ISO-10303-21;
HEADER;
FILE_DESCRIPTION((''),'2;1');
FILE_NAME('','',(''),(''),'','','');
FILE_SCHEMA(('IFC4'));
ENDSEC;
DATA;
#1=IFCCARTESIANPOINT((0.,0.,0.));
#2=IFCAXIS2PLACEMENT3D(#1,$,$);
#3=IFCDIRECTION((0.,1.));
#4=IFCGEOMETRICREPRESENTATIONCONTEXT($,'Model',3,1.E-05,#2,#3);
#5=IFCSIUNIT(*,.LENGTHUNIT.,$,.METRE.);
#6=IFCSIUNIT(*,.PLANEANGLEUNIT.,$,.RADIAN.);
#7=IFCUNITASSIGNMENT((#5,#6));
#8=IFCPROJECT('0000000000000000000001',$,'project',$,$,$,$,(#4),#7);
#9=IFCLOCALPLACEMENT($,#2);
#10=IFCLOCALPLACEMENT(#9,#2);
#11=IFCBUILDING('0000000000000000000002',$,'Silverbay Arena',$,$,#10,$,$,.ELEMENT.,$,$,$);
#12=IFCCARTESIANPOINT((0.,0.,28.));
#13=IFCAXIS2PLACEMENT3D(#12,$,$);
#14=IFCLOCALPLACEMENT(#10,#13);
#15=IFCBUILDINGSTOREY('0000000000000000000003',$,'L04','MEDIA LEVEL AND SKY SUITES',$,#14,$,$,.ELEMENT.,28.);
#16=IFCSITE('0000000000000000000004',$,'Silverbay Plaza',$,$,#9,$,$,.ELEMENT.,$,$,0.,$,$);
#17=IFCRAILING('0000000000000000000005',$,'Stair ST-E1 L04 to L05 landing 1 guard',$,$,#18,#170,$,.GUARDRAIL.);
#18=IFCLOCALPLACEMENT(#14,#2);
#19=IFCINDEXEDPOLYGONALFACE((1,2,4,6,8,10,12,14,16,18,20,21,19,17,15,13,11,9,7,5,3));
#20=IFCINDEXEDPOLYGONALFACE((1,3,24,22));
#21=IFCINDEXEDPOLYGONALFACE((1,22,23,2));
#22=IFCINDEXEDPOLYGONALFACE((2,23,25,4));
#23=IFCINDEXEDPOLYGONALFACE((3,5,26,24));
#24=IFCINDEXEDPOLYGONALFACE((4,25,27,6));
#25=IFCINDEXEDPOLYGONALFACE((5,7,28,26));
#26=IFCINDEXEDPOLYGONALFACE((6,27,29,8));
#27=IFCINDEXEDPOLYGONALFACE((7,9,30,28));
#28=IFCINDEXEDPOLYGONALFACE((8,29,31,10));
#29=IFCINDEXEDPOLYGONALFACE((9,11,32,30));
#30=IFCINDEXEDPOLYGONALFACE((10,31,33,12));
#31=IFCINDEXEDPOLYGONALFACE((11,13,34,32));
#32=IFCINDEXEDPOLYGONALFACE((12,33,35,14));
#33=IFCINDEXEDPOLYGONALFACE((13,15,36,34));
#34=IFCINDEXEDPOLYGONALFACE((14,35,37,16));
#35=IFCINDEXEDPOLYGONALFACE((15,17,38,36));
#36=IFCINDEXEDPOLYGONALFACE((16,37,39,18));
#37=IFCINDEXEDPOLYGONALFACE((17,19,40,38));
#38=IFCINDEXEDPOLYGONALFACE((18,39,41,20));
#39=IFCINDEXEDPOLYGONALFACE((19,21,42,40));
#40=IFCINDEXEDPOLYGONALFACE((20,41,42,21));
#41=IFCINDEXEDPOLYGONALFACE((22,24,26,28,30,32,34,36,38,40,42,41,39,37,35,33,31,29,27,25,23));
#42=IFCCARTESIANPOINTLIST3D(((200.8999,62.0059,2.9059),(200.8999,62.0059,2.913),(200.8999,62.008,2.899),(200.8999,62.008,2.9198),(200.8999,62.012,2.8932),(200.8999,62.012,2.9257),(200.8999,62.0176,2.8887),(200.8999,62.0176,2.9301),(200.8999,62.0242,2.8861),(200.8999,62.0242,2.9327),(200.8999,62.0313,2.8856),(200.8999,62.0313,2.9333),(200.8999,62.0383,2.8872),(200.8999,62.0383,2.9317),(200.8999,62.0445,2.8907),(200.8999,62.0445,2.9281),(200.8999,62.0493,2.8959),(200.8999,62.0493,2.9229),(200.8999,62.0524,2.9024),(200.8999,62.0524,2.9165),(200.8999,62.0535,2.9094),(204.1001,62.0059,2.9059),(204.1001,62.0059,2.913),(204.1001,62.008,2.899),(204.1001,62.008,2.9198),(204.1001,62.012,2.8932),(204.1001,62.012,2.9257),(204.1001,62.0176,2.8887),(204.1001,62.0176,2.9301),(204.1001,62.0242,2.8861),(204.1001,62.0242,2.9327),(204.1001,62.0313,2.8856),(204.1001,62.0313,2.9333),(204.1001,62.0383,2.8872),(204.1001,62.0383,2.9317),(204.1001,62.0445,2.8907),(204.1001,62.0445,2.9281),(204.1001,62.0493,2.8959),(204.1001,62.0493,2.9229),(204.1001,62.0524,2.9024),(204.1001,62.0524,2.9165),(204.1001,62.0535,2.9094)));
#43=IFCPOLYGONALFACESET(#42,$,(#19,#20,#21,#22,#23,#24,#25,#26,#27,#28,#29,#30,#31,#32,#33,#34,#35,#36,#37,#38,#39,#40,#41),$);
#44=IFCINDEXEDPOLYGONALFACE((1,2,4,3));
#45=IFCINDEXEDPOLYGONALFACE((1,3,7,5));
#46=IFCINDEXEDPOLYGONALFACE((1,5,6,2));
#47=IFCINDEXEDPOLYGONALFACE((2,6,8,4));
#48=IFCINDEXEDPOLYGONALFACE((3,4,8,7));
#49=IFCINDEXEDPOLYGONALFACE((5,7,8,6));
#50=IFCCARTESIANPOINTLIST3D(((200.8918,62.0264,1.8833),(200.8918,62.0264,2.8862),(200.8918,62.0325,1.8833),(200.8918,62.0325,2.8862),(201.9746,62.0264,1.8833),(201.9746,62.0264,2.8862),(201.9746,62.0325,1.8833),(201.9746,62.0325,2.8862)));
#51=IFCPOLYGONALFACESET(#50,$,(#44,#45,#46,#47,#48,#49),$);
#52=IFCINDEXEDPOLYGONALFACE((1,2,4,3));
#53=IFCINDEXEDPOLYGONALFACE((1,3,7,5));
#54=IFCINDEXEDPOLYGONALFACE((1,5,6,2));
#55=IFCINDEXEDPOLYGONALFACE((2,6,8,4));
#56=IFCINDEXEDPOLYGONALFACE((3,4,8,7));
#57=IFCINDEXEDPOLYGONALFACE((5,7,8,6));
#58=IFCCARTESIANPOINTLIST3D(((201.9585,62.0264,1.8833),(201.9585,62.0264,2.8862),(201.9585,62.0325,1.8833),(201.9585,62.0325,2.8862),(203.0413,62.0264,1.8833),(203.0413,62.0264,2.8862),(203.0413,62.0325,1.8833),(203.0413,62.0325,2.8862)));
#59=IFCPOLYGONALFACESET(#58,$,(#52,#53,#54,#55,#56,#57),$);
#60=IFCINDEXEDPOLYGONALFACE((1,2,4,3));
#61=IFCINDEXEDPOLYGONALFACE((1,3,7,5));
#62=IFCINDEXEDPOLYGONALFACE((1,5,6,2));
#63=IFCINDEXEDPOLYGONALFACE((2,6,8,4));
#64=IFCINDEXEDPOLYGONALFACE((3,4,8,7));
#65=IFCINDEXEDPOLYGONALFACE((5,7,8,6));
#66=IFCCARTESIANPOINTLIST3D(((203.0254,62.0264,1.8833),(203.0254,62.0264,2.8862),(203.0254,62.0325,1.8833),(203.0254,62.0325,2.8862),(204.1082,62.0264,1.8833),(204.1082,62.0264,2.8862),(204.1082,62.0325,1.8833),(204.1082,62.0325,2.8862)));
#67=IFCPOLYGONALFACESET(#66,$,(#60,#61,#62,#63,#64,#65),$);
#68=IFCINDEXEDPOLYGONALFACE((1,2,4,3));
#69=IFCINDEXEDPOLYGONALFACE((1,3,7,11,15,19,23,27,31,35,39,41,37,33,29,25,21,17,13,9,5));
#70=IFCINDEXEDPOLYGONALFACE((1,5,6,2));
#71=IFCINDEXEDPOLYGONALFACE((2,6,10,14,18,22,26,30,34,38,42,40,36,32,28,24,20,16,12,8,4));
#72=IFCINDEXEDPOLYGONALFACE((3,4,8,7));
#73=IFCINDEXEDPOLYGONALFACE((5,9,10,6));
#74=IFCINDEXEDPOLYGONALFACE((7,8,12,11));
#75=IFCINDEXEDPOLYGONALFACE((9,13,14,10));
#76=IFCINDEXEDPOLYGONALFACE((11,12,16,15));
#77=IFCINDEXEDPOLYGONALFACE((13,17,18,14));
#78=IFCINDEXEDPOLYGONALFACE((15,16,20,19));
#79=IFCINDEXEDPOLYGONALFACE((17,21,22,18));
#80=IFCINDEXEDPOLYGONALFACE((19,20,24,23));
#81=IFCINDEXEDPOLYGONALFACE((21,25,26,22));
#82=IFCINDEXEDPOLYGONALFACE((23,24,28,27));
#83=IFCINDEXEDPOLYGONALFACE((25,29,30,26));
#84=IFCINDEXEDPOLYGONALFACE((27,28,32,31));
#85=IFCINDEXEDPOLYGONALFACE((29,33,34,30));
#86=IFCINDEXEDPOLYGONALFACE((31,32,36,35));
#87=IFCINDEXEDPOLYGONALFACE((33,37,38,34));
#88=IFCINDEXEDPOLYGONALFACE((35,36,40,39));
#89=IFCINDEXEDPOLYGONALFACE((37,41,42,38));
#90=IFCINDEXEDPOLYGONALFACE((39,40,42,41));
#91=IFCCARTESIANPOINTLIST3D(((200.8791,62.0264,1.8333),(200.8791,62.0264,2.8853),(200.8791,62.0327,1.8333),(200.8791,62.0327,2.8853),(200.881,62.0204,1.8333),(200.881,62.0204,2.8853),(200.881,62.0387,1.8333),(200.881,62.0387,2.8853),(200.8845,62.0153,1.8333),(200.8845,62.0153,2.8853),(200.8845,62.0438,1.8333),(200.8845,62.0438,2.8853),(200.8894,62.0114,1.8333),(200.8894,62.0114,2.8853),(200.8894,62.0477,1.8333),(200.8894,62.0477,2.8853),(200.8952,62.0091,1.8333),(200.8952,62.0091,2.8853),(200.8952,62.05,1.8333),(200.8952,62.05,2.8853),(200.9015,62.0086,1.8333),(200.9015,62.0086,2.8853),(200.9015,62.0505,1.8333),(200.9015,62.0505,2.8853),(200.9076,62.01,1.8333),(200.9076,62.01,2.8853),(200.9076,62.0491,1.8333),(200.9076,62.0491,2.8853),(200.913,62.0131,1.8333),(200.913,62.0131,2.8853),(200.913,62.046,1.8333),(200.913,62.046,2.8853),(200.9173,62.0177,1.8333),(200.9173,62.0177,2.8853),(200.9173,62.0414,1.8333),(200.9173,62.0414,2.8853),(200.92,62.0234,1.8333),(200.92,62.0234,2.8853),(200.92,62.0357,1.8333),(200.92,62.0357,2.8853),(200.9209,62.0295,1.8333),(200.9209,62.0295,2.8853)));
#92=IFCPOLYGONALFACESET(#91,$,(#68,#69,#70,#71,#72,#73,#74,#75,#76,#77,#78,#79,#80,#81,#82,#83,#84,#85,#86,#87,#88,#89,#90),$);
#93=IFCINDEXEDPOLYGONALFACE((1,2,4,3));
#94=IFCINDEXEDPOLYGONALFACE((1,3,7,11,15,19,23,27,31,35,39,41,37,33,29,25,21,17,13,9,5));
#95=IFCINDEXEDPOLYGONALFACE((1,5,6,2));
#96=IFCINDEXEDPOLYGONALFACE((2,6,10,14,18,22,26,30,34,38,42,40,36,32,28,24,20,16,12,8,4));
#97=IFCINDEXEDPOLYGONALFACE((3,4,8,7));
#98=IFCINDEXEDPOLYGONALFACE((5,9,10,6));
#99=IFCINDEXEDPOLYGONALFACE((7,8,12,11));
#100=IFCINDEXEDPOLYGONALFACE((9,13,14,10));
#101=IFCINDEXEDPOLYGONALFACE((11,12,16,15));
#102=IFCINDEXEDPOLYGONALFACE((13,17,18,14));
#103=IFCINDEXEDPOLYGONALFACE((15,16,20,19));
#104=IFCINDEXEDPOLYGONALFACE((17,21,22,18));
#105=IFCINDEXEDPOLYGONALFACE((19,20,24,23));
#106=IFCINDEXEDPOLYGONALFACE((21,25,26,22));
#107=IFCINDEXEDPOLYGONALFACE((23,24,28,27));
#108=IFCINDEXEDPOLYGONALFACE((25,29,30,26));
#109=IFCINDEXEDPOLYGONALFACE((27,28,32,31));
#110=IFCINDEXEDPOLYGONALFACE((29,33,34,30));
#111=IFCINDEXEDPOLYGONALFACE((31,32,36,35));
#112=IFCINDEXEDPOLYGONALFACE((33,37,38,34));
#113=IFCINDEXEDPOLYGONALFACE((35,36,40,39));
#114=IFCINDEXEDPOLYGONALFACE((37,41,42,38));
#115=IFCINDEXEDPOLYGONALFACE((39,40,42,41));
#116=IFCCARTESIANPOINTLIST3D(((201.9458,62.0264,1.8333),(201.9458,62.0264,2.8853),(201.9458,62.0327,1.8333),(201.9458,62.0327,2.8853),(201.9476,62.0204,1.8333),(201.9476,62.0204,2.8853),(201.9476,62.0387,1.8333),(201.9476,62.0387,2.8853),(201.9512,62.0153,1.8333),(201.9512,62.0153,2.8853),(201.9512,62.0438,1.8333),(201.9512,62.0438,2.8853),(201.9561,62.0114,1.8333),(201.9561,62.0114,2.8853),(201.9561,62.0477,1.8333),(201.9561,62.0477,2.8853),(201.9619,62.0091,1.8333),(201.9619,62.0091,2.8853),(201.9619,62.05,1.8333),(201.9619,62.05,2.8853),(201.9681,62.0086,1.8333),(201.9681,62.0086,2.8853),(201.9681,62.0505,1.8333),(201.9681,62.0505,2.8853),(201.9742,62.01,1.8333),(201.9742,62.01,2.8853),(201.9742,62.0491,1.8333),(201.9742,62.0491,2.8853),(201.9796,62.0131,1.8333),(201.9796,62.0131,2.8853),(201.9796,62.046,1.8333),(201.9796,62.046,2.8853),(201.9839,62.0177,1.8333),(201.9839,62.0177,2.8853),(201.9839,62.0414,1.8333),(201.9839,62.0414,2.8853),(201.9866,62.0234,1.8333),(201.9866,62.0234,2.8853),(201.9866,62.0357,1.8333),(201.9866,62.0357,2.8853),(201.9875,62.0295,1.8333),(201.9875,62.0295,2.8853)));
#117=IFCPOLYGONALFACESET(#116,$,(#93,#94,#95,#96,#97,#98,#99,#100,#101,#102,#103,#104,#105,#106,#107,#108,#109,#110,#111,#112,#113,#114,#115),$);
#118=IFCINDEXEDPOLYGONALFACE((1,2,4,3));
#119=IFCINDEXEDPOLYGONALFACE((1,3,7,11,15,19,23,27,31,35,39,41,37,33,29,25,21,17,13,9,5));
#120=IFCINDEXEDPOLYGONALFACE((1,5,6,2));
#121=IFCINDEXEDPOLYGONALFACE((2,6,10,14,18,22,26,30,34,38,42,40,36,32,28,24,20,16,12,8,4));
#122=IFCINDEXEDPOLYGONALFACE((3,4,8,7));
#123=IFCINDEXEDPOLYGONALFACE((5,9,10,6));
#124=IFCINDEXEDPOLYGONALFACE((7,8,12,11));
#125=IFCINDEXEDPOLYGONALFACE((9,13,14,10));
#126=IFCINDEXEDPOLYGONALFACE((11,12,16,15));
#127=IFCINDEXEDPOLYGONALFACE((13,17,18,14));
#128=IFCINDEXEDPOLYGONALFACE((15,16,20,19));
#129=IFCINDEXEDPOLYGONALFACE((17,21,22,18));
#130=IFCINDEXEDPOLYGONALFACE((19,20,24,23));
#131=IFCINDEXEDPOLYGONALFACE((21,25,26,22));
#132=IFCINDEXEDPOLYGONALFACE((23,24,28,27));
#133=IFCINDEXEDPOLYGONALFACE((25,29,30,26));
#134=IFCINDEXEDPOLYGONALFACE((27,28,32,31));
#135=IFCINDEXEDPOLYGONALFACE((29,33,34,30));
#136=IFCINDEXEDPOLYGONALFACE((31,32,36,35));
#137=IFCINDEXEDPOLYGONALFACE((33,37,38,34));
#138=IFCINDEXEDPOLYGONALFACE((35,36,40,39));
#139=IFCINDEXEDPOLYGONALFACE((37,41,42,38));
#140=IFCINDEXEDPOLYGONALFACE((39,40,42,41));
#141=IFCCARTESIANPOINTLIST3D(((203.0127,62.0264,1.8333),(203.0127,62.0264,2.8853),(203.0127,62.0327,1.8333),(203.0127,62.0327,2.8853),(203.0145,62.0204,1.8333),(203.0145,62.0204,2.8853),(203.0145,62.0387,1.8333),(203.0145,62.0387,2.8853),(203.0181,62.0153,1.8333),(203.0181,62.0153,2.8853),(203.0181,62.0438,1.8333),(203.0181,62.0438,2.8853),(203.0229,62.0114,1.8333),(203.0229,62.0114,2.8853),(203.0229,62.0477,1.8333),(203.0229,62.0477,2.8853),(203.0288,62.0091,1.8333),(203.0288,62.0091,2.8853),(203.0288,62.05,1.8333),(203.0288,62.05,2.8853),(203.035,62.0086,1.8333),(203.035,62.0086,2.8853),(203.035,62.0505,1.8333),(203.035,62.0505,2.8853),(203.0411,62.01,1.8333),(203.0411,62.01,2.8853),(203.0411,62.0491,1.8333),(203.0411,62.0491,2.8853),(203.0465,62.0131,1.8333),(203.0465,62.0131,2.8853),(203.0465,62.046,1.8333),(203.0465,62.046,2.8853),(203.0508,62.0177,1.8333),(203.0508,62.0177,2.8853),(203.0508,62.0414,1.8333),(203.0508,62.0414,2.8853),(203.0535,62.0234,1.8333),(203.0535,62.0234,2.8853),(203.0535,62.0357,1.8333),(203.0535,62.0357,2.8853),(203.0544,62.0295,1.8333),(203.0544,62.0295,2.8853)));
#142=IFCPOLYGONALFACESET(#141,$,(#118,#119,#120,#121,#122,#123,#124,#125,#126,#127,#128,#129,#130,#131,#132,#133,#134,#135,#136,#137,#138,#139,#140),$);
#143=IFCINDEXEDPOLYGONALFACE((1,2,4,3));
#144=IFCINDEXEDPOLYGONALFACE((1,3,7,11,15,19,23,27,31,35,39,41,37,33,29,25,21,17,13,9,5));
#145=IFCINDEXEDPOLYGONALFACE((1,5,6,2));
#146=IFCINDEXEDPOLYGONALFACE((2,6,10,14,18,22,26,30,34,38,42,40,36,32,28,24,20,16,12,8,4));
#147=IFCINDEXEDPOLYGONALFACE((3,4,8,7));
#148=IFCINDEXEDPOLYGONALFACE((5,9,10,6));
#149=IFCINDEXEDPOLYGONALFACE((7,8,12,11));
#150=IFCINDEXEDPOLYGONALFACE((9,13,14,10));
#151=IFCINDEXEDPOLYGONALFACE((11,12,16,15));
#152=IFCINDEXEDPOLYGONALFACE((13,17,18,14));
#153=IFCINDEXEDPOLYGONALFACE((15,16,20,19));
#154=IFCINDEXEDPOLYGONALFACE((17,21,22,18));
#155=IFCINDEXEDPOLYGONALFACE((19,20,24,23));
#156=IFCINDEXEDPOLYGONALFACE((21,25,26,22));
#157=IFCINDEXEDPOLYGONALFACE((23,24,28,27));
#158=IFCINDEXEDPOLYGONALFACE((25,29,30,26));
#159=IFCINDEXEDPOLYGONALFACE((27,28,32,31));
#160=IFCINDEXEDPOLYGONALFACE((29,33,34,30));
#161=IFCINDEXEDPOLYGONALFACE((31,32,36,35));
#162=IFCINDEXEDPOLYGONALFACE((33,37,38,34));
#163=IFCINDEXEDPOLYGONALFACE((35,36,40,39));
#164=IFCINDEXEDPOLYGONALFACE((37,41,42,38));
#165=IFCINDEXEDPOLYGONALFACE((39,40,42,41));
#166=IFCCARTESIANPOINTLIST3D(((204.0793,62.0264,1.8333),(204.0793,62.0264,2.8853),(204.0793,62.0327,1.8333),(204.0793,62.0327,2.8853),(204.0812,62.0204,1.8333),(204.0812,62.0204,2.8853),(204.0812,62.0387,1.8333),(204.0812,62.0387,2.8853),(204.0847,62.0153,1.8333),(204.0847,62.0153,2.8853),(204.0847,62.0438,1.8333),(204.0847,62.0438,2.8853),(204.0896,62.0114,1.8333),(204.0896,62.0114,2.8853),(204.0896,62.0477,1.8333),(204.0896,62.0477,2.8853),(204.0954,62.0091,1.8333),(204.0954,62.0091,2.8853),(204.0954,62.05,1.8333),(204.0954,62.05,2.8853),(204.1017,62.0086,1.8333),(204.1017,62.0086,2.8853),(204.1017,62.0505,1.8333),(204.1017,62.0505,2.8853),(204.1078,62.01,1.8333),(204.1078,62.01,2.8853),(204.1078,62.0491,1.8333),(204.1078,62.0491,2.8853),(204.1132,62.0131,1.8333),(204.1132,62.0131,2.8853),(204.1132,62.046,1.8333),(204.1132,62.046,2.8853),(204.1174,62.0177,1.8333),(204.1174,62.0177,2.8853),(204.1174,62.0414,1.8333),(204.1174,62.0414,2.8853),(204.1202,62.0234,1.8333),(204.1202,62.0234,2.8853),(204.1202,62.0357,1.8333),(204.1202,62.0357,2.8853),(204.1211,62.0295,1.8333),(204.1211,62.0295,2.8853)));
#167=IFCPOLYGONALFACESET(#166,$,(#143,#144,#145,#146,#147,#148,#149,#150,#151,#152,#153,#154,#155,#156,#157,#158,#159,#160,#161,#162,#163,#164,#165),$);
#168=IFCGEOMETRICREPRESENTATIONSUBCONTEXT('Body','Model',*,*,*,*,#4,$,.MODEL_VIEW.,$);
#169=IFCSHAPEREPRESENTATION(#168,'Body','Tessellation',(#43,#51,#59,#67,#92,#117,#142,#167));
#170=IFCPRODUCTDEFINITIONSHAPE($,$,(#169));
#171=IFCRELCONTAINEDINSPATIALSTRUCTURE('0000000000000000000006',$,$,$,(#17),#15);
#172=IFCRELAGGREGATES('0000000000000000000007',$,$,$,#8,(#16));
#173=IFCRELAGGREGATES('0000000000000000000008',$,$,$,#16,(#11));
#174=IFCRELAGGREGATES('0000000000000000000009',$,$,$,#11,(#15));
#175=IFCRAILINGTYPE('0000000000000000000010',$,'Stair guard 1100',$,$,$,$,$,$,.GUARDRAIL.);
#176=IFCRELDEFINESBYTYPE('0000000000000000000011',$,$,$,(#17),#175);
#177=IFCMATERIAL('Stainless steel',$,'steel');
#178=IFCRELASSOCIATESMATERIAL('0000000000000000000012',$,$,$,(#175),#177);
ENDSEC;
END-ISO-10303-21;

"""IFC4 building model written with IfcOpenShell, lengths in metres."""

from ifc_helpers import new_model, si_unit, direction, frame, origin, origin_2d, place, context, subcontext, project, spatial, polyline, circle, outline, extrude, material, type_object, element, save


model = new_model("IFC4")

# Units and contexts
model_context = context("Model", 3, precision=1e-05, world=origin(), true_north=direction((0.0, 1.0)))
body_context = subcontext(model_context, "Body", "Model", "MODEL_VIEW")
ifc_project = project(units=[si_unit("LENGTHUNIT", "METRE"), si_unit("PLANEANGLEUNIT", "RADIAN")], contexts=[model_context])

# Site, building, storey
site_placement = place(None, origin())
site = spatial("IfcSite", under=ifc_project, at=site_placement, Name="Silverbay Plaza", CompositionType="ELEMENT", RefElevation=0.0)
building_placement = place(site_placement, origin())
building = spatial("IfcBuilding", under=site, at=building_placement, Name="Silverbay Arena", CompositionType="ELEMENT")
storey_placement = place(building_placement, frame((0.0, 0.0, 28.0)))
storey = spatial("IfcBuildingStorey", under=building, at=storey_placement, Name="L04", Description="MEDIA LEVEL AND SKY SUITES", CompositionType="ELEMENT", Elevation=28.0)

# Railing
ifc_material_1 = material(Name="Stainless steel", Category="steel")
railing_type_1 = type_object("IfcRailingType", Name="Stair guard 1100", PredefinedType="GUARDRAIL", material=ifc_material_1)
railing_1_placement = place(storey_placement, frame((200.8999, 62.0295, 1.8333)))
element("IfcRailing", 1, at=railing_1_placement, inside=storey, type_object=railing_type_1, Name="Stair ST-E1 L04 to L05 landing 1 guard", PredefinedType="GUARDRAIL", context=body_context, shape_type="SweptSolid", body=[
    extrude(circle(Radius=0.0239, at=origin_2d()), frame((0.0, 0.0, 1.0762), z_axis=(1.0, 0.0, 0.0), x_axis=(0.0, 1.0, 0.0)), (0.0, 0.0, 1.0), 3.2002),
    extrude(outline(polyline([(-0.0081, 0.05), (1.0747, 0.05), (1.0747, 1.053), (-0.0081, 1.053), (-0.0081, 0.05)])), frame((0.0, 0.0029, 0.0), z_axis=(0.0, -1.0, 0.0), x_axis=(1.0, 0.0, 0.0)), (0.0, 0.0, 1.0), 0.0061),
    extrude(outline(polyline([(-0.0081, 0.05), (1.0747, 0.05), (1.0747, 1.053), (-0.0081, 1.053), (-0.0081, 0.05)])), frame((1.0667, 0.0029, 0.0), z_axis=(0.0, -1.0, 0.0), x_axis=(1.0, 0.0, 0.0)), (0.0, 0.0, 1.0), 0.0061),
    extrude(outline(polyline([(-0.0081, 0.05), (1.0747, 0.05), (1.0747, 1.053), (-0.0081, 1.053), (-0.0081, 0.05)])), frame((2.1335, 0.0029, 0.0), z_axis=(0.0, -1.0, 0.0), x_axis=(1.0, 0.0, 0.0)), (0.0, 0.0, 1.0), 0.0061),
    extrude(circle(Radius=0.021, at=origin_2d()), origin(), (0.0, 0.0, 1.0), 1.052),
    extrude(circle(Radius=0.021, at=origin_2d()), frame((1.0667, 0.0, 0.0)), (0.0, 0.0, 1.0), 1.052),
    extrude(circle(Radius=0.021, at=origin_2d()), frame((2.1335, 0.0, 0.0)), (0.0, 0.0, 1.0), 1.052),
    extrude(circle(Radius=0.021, at=origin_2d()), frame((3.2002, 0.0, 0.0)), (0.0, 0.0, 1.0), 1.052),
])

save(model, "model.ifc")
